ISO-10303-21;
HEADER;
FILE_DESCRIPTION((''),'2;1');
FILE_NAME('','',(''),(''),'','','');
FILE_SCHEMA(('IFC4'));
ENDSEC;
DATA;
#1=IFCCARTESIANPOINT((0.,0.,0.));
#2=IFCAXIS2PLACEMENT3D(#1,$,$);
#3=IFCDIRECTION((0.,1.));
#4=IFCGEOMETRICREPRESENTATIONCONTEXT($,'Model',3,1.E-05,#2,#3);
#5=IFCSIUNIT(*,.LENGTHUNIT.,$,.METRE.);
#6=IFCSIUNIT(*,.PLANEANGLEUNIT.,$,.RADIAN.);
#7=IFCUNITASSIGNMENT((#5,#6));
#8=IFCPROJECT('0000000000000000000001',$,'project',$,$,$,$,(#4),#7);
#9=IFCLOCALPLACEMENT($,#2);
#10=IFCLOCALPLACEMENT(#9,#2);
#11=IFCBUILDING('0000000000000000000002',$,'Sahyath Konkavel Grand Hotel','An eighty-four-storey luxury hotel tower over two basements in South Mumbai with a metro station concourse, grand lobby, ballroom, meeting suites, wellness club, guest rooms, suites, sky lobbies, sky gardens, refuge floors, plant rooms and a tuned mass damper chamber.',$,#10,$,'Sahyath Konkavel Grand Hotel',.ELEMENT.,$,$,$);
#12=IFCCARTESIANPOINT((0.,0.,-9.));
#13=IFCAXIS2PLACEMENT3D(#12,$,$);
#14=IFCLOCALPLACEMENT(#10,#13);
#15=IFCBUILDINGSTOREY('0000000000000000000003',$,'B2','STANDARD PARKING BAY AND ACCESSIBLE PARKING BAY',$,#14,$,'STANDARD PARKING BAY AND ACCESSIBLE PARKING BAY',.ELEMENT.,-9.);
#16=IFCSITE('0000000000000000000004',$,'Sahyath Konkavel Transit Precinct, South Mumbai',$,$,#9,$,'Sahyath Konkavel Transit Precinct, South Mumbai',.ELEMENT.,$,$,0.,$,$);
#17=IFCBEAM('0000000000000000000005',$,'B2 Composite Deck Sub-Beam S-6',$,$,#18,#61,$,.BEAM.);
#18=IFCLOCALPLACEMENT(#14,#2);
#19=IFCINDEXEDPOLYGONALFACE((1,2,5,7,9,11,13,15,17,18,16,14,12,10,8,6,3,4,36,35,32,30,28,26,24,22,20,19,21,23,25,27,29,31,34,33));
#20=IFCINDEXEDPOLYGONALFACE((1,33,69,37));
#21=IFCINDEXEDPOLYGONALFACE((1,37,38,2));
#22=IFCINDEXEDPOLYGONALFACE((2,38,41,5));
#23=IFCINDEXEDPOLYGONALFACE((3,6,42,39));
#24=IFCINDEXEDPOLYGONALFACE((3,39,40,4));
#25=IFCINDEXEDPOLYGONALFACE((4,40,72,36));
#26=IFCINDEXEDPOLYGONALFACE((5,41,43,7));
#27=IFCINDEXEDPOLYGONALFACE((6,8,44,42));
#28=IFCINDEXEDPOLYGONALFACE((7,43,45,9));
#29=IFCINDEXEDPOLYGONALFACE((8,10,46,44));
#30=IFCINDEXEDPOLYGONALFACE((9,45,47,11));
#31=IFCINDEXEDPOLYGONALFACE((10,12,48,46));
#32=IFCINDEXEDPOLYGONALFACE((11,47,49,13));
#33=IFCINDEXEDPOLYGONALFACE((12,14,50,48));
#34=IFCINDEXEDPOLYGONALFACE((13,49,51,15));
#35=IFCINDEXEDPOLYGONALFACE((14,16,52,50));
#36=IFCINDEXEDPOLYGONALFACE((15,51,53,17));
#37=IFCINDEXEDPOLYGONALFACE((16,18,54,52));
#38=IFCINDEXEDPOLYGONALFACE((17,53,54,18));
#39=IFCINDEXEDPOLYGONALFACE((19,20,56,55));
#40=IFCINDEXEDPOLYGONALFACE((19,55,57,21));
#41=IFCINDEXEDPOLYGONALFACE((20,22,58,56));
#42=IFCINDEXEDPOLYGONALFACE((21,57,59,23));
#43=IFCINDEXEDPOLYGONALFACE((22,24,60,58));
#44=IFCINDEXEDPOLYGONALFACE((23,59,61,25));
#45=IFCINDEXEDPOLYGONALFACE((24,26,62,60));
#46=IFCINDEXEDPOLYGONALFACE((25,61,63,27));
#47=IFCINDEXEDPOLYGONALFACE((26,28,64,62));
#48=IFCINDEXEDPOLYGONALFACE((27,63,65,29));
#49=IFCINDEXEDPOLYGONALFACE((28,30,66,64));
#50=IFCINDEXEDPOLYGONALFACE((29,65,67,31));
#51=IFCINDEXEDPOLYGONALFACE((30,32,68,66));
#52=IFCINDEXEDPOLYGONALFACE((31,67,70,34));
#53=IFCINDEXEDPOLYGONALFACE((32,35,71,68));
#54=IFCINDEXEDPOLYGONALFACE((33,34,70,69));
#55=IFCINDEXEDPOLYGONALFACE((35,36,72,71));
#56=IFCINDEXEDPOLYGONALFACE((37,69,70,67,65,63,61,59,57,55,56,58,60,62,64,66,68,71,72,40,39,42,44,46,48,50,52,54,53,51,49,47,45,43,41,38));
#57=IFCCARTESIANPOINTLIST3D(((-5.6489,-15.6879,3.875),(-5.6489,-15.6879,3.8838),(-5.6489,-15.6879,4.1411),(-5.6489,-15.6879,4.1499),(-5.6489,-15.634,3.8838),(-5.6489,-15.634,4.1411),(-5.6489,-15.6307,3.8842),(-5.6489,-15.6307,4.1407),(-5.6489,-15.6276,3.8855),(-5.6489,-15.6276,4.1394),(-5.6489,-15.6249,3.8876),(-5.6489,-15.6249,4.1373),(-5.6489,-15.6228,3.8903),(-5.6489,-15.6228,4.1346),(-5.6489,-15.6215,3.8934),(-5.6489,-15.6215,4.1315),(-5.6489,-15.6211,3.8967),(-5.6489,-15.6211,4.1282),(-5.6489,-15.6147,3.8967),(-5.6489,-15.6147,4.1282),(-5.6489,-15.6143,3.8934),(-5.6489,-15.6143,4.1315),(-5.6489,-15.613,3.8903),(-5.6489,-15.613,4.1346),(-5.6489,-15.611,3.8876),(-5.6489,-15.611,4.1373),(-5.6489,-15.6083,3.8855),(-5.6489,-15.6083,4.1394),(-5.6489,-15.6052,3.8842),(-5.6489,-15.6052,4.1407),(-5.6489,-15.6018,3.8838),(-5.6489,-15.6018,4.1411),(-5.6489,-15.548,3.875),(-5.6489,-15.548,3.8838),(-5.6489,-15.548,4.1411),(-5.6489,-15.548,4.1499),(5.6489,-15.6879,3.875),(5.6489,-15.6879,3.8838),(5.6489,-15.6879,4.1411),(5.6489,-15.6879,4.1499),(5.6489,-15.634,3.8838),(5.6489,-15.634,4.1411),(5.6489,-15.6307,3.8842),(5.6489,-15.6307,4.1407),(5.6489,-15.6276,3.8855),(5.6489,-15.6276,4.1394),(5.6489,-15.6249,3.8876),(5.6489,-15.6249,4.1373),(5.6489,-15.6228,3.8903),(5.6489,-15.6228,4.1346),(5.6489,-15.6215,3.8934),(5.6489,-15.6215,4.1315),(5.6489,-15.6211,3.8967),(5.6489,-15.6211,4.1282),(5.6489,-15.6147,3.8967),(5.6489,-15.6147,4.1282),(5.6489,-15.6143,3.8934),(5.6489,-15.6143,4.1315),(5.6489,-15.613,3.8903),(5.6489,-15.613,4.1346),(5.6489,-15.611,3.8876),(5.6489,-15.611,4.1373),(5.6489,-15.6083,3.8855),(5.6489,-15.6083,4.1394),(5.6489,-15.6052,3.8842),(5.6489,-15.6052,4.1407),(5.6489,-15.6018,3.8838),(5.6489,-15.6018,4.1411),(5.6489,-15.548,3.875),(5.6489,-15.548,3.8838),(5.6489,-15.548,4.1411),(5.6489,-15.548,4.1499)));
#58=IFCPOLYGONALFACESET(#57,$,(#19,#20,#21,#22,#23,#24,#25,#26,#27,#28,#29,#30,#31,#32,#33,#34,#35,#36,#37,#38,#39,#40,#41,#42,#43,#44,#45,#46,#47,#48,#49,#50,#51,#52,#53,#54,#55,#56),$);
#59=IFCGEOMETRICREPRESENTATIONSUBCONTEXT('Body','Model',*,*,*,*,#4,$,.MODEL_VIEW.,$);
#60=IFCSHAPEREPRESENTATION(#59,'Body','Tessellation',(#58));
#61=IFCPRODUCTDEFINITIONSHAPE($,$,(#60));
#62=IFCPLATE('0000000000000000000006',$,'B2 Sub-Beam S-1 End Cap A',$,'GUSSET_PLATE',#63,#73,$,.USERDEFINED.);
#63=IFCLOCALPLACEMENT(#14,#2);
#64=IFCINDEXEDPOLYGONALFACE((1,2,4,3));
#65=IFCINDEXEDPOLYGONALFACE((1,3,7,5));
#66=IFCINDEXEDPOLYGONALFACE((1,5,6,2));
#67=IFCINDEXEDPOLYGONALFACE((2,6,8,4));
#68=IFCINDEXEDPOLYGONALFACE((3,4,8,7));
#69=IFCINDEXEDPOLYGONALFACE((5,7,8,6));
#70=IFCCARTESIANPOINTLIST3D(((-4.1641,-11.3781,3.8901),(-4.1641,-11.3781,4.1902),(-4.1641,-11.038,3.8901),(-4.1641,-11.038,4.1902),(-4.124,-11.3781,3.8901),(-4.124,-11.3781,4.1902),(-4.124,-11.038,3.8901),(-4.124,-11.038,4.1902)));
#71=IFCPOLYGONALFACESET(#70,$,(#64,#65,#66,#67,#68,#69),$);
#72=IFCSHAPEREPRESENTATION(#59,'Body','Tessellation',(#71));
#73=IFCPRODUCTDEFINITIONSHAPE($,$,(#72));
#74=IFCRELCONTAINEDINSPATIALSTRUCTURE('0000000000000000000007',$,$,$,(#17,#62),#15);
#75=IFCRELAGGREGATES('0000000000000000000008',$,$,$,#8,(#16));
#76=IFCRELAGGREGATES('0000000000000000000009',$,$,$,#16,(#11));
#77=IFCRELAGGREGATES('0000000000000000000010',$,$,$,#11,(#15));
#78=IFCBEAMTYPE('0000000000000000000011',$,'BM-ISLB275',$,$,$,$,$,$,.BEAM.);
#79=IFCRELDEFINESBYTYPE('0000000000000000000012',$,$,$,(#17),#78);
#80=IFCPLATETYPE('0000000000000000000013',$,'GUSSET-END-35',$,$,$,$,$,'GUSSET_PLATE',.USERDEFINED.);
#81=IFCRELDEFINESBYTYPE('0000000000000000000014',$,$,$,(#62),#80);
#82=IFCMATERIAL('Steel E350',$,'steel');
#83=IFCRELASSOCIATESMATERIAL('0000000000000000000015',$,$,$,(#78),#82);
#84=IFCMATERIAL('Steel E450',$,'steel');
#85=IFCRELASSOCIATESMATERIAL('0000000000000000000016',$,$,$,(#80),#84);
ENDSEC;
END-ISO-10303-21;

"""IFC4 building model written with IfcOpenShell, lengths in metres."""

from ifc_helpers import new_model, si_unit, direction, frame, origin, origin_2d, place, context, subcontext, project, spatial, rectangle, i_section, extrude, source, transform, mapped, material, material_profile, profile_set, type_object, element, save


model = new_model("IFC4")

# Units and contexts
model_context = context("Model", 3, precision=1e-05, world=origin(), true_north=direction((0.0, 1.0)))
body_context = subcontext(model_context, "Body", "Model", "MODEL_VIEW")
ifc_project = project(units=[si_unit("LENGTHUNIT", "METRE"), si_unit("PLANEANGLEUNIT", "RADIAN")], contexts=[model_context])

# Site, building, storey
site_placement = place(None, origin())
site = spatial("IfcSite", under=ifc_project, at=site_placement, Name="Sahyath Konkavel Transit Precinct, South Mumbai", LongName="Sahyath Konkavel Transit Precinct, South Mumbai", CompositionType="ELEMENT", RefElevation=0.0)
building_placement = place(site_placement, origin())
building = spatial("IfcBuilding", under=site, at=building_placement, Name="Sahyath Konkavel Grand Hotel", Description="An eighty-four-storey luxury hotel tower over two basements in South Mumbai with a metro station concourse, grand lobby, ballroom, meeting suites, wellness club, guest rooms, suites, sky lobbies, sky gardens, refuge floors, plant rooms and a tuned mass damper chamber.", LongName="Sahyath Konkavel Grand Hotel", CompositionType="ELEMENT")
storey_placement = place(building_placement, frame((0.0, 0.0, -9.0)))
storey = spatial("IfcBuildingStorey", under=building, at=storey_placement, Name="B2", Description="STANDARD PARKING BAY AND ACCESSIBLE PARKING BAY", LongName="STANDARD PARKING BAY AND ACCESSIBLE PARKING BAY", CompositionType="ELEMENT", Elevation=-9.0)

# Shared definitions
ifc_material_1 = material(Name="Steel E450", Category="steel")

# Beam
ifc_material_2 = material(Name="Steel E350", Category="steel")
ifc_material_profile_1 = material_profile(ifc_material_2, i_section(OverallWidth=0.1399, OverallDepth=0.2749, WebThickness=0.0063, FlangeThickness=0.0088, FilletRadius=0.0129, at=origin_2d()), Name="ISLB 275")
ifc_profile_set_1 = profile_set([ifc_material_profile_1], Name="Steel E350")
beam_type_1 = type_object("IfcBeamType", Name="BM-ISLB275", PredefinedType="BEAM", material=ifc_profile_set_1)
shared_shape_1 = source(origin(), body_context, "Body", "SweptSolid", [
    extrude(i_section(OverallWidth=0.1399, OverallDepth=0.2749, WebThickness=0.0063, FlangeThickness=0.0088, FilletRadius=0.0129, at=origin_2d()), origin(), (0.0, 0.0, 1.0), 11.2979),
])
beam_1_placement = place(storey_placement, frame((-5.6489, -15.6179, 4.0125), z_axis=(1.0, 0.0, 0.0), x_axis=(0.0, 1.0, 0.0)))
element("IfcBeam", 1, at=beam_1_placement, inside=storey, type_object=beam_type_1, Name="B2 Composite Deck Sub-Beam S-6", PredefinedType="BEAM", context=body_context, shape_type="MappedRepresentation", body=[
    mapped(shared_shape_1, transform((0.0, 0.0, 0.0), scale=1.0)),
])

# Plate
plate_type = type_object("IfcPlateType", Name="GUSSET-END-35", ElementType="GUSSET_PLATE", PredefinedType="USERDEFINED", material=ifc_material_1)
shared_shape_2 = source(origin(), body_context, "Body", "SweptSolid", [
    extrude(rectangle(XDim=0.04, YDim=0.3401, at=origin_2d()), origin(), (0.0, 0.0, 1.0), 0.3),
])
plate_placement = place(storey_placement, frame((-4.144, -11.208, 3.8901), z_axis=(0.0, 0.0, 1.0), x_axis=(1.0, 0.0, 0.0)))
element("IfcPlate", 2, at=plate_placement, inside=storey, type_object=plate_type, Name="B2 Sub-Beam S-1 End Cap A", ObjectType="GUSSET_PLATE", PredefinedType="USERDEFINED", context=body_context, shape_type="MappedRepresentation", body=[
    mapped(shared_shape_2, transform((0.0, 0.0, 0.0), scale=1.0)),
])

save(model, "model.ifc")
